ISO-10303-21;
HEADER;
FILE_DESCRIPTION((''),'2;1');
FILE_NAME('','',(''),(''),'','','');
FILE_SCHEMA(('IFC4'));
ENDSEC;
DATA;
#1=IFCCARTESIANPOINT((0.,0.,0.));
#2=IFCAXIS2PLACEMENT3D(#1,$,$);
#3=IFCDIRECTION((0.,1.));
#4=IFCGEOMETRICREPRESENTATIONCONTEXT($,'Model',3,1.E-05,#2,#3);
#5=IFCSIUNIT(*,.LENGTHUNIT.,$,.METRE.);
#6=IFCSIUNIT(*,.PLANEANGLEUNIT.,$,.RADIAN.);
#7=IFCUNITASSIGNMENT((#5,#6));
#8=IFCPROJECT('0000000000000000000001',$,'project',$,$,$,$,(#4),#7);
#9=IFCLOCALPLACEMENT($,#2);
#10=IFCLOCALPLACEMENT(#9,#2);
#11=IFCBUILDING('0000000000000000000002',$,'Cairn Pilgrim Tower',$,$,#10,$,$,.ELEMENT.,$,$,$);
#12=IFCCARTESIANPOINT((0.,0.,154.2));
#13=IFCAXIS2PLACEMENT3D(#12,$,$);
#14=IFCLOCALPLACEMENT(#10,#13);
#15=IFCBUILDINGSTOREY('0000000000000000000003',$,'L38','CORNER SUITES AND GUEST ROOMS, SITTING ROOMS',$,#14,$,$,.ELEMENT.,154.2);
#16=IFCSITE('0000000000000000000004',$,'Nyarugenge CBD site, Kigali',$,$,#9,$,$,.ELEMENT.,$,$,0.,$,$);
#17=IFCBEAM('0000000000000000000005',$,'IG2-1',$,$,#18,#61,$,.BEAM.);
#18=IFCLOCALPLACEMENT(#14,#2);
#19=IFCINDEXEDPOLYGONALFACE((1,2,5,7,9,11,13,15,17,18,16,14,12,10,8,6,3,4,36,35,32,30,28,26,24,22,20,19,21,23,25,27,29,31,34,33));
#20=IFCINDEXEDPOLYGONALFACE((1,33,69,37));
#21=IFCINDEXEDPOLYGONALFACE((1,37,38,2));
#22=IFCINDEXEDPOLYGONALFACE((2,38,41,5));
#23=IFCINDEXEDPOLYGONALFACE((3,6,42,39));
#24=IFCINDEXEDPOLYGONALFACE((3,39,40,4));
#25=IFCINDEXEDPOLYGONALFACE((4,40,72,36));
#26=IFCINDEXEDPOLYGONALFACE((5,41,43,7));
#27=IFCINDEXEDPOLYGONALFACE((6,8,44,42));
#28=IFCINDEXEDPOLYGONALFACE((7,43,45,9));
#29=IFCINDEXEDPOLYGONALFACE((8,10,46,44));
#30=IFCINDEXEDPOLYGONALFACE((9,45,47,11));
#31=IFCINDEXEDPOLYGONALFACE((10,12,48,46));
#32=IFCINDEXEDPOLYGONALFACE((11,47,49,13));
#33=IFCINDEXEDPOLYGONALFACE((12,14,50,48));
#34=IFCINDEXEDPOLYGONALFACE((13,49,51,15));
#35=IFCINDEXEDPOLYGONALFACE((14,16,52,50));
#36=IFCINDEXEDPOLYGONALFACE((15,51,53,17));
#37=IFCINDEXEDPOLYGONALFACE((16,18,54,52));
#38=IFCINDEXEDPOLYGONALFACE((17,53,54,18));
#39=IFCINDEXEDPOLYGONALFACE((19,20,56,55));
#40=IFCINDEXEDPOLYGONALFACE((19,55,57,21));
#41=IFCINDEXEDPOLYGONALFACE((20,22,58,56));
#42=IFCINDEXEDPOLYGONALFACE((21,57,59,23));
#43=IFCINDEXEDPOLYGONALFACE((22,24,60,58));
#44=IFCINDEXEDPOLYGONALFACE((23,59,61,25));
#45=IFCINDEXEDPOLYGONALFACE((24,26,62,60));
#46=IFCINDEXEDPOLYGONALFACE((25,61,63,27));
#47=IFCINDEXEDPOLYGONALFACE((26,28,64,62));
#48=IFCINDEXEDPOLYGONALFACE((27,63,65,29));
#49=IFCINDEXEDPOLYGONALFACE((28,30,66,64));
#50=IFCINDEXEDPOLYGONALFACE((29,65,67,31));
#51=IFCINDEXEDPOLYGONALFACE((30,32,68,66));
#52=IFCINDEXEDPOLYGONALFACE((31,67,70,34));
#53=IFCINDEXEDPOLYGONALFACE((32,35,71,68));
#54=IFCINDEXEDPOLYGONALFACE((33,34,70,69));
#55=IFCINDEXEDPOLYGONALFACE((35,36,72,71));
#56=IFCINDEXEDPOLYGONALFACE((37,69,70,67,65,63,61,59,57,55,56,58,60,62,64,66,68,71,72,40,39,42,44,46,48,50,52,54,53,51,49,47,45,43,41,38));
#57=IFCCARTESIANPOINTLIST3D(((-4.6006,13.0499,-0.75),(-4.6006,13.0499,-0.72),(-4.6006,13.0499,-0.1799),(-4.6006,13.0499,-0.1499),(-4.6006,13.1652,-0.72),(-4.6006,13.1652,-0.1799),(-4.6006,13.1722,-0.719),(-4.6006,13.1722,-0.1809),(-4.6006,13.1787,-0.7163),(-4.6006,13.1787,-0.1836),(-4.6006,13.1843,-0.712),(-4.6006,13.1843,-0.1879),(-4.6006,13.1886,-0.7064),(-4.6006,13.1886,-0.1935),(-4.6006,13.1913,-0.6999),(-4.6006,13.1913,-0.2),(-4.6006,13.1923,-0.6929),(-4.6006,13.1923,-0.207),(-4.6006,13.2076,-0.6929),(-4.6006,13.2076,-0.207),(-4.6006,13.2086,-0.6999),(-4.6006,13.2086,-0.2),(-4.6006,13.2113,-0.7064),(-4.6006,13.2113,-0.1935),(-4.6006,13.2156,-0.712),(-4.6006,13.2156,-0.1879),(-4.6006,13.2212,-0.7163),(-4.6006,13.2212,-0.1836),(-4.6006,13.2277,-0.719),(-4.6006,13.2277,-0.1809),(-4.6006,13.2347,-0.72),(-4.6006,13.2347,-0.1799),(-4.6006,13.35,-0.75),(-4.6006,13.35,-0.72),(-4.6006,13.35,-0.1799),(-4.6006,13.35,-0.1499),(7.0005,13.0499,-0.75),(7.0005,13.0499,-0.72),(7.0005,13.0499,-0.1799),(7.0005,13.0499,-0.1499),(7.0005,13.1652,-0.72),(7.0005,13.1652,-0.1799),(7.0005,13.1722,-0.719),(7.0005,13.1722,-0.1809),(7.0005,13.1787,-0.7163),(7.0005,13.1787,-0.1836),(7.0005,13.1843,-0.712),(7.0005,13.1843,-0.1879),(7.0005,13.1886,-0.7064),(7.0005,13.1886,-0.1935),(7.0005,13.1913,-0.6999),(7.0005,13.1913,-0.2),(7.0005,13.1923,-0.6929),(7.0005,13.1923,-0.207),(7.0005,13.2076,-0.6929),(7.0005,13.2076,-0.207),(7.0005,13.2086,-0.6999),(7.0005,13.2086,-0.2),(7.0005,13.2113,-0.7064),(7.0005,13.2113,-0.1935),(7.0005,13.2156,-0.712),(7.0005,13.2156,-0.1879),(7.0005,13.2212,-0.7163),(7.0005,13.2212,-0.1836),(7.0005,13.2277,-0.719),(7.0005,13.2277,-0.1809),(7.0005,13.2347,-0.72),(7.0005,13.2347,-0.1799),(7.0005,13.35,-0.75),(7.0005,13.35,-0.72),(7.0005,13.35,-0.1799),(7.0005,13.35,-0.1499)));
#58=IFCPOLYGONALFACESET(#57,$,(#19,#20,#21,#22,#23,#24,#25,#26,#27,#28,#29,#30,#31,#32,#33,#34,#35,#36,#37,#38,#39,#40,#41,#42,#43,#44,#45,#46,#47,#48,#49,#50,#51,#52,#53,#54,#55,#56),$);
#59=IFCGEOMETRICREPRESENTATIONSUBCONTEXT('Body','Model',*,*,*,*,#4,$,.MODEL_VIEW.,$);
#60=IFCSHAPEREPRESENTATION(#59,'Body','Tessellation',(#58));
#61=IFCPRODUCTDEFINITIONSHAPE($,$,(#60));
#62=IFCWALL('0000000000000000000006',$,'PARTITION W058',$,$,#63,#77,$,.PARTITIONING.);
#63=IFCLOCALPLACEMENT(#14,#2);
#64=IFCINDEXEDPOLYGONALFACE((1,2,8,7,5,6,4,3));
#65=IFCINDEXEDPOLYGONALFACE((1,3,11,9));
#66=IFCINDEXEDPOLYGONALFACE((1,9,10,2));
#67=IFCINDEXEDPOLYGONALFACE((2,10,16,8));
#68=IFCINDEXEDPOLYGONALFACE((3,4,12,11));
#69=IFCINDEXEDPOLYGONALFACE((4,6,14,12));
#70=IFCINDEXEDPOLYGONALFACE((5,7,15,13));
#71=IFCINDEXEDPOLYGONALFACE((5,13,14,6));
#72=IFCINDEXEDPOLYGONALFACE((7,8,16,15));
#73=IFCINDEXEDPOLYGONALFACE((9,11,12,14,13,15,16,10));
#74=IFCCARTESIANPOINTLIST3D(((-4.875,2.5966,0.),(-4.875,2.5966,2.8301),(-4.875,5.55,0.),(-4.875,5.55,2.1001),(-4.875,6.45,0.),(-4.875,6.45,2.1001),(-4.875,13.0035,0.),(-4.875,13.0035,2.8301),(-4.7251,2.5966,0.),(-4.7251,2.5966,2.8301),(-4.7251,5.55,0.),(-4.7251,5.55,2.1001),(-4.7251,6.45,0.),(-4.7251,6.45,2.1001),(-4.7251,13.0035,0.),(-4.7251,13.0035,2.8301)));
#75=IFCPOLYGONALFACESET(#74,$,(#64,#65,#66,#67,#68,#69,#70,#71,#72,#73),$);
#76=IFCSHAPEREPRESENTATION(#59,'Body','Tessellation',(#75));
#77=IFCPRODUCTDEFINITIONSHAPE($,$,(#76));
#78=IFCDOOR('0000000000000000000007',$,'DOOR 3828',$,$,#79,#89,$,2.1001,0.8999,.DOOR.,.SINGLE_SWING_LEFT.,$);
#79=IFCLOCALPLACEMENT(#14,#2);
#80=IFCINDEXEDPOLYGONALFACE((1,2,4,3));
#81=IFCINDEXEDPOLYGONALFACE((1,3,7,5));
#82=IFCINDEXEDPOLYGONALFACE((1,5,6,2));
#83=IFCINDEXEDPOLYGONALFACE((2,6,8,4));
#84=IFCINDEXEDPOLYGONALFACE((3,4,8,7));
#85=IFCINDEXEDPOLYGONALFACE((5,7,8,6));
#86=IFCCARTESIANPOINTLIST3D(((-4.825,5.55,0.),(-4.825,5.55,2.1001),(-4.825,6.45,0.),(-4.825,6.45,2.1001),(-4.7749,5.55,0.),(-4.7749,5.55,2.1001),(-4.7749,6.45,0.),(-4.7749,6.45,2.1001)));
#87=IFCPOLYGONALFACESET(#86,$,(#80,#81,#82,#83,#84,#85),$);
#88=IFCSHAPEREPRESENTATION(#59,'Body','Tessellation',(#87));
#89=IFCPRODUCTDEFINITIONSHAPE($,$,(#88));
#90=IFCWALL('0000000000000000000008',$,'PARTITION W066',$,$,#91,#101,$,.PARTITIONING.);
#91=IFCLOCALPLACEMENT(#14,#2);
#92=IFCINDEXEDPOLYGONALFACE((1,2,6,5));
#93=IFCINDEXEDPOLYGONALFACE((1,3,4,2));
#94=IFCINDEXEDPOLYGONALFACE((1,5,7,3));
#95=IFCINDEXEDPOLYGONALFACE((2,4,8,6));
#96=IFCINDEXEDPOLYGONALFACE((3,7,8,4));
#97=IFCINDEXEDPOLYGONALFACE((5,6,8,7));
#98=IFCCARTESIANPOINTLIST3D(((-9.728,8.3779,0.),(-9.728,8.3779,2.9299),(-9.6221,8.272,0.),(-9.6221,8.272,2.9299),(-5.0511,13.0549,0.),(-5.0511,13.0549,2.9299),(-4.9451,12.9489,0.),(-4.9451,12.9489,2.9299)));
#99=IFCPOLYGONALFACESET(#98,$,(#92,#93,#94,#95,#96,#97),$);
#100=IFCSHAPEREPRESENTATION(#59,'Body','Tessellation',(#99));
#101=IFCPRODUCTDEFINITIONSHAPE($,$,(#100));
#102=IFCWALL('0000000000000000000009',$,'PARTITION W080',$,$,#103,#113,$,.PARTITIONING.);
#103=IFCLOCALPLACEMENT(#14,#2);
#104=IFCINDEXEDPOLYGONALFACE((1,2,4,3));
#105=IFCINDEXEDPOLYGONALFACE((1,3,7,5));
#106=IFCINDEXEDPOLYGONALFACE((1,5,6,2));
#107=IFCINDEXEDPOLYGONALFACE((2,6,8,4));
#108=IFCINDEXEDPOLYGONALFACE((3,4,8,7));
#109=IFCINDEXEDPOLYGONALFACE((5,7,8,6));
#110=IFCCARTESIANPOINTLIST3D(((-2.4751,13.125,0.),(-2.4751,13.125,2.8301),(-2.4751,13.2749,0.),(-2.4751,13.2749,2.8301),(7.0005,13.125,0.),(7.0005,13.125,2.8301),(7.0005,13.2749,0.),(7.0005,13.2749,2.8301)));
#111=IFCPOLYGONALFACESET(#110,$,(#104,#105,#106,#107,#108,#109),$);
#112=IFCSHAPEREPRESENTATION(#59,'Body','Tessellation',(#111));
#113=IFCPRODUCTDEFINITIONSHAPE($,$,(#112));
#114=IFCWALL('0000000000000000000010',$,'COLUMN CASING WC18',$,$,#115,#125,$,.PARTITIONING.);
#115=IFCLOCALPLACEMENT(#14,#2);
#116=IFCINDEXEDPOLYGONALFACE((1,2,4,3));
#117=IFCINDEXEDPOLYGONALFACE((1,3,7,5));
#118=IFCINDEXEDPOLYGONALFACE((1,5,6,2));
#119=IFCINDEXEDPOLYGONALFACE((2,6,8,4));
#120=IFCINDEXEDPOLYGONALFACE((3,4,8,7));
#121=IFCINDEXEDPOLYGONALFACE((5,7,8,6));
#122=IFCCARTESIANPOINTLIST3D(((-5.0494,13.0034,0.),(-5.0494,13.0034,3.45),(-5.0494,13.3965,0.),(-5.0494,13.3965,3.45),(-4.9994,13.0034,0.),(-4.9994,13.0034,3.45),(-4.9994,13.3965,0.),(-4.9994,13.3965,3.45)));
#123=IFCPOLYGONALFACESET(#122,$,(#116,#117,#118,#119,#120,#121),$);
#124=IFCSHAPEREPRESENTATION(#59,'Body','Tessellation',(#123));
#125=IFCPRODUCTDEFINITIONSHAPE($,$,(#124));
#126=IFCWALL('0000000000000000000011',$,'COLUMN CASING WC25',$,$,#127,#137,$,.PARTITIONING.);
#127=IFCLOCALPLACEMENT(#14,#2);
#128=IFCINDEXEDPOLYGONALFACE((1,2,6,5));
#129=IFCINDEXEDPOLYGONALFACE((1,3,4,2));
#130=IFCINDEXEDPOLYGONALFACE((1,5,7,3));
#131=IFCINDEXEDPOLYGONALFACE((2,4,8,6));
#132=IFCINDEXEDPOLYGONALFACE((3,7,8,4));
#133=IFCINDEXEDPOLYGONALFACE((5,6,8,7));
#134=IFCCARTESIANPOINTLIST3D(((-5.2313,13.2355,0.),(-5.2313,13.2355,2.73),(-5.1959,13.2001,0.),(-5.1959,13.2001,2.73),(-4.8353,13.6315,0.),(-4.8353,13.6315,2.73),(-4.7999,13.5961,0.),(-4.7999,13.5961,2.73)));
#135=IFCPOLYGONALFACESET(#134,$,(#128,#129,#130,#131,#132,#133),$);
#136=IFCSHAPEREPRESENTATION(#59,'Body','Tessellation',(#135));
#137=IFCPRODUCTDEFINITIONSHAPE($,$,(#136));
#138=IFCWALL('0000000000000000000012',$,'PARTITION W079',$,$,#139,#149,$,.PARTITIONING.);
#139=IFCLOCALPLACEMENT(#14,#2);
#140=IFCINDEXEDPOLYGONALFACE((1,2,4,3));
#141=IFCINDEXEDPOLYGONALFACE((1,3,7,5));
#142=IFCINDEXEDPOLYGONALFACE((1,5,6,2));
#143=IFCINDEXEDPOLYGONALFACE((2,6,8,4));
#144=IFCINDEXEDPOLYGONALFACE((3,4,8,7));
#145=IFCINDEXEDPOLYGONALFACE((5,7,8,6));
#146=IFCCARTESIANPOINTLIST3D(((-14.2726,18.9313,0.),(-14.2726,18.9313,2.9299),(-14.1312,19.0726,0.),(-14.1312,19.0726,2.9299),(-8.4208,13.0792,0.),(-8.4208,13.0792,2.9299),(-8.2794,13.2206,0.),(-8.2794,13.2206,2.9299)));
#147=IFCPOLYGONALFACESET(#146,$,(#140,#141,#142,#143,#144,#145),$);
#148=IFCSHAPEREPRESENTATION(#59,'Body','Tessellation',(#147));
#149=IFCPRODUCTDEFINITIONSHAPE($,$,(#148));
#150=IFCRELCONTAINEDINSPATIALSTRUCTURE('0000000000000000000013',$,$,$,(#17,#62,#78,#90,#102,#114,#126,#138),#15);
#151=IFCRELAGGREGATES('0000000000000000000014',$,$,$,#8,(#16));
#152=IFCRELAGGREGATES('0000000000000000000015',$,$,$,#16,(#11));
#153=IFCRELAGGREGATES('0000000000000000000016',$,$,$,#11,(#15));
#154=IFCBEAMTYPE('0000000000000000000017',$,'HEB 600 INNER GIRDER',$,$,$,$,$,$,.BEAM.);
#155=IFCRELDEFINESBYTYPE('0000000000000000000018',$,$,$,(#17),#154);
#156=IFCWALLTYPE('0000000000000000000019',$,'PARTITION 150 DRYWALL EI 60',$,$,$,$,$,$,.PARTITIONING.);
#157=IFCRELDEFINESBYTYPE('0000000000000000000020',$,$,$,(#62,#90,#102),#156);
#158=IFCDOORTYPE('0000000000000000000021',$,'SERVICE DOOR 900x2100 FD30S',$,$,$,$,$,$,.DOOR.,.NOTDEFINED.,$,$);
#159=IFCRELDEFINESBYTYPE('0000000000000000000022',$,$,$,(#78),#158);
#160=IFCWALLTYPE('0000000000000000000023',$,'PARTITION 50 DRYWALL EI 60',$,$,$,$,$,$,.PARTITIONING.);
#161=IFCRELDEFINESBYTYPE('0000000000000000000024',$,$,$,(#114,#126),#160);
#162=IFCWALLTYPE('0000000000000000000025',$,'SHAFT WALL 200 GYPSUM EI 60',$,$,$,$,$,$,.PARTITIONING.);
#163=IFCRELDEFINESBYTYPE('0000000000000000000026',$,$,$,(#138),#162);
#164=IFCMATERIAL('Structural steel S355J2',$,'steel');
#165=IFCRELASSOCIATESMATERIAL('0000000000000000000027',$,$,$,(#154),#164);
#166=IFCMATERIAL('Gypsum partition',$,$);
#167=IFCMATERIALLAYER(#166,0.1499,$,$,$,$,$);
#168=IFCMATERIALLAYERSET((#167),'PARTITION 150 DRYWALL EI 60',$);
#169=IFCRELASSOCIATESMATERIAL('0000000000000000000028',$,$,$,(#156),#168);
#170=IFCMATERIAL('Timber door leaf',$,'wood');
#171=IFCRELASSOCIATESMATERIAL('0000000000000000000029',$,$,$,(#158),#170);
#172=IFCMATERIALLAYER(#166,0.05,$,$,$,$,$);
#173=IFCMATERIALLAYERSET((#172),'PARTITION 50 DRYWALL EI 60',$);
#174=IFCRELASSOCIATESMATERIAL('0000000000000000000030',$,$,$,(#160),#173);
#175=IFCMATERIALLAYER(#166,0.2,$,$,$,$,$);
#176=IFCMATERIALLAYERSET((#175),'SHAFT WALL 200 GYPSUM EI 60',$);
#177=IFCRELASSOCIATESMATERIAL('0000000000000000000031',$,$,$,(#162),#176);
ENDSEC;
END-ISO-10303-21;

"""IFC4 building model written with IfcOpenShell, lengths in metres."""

from ifc_helpers import new_model, si_unit, direction, frame, frame_2d, origin, origin_2d, place, context, subcontext, project, spatial, rectangle, i_section, extrude, material, layer, layer_set, material_profile, profile_set, type_object, element, fill, save


model = new_model("IFC4")

# Units and contexts
model_context = context("Model", 3, precision=1e-05, world=origin(), true_north=direction((0.0, 1.0)))
body_context = subcontext(model_context, "Body", "Model", "MODEL_VIEW")
ifc_project = project(units=[si_unit("LENGTHUNIT", "METRE"), si_unit("PLANEANGLEUNIT", "RADIAN")], contexts=[model_context])

# Site, building, storey
site_placement = place(None, origin())
site = spatial("IfcSite", under=ifc_project, at=site_placement, Name="Nyarugenge CBD site, Kigali", CompositionType="ELEMENT", RefElevation=0.0)
building_placement = place(site_placement, origin())
building = spatial("IfcBuilding", under=site, at=building_placement, Name="Cairn Pilgrim Tower", CompositionType="ELEMENT")
storey_placement = place(building_placement, frame((0.0, 0.0, 154.2)))
storey = spatial("IfcBuildingStorey", under=building, at=storey_placement, Name="L38", Description="CORNER SUITES AND GUEST ROOMS, SITTING ROOMS", CompositionType="ELEMENT", Elevation=154.2)

# Shared definitions
ifc_material_1 = material(Name="Structural steel S355J2", Category="steel")

# Beam
ifc_material_profile_1 = material_profile(ifc_material_1, i_section(OverallWidth=0.3, OverallDepth=0.6001, WebThickness=0.0154, FlangeThickness=0.03, FilletRadius=0.0271, at=origin_2d()), Name="HEB 600")
ifc_profile_set_1 = profile_set([ifc_material_profile_1], Name="Structural steel S355J2")
beam_type_1 = type_object("IfcBeamType", Name="HEB 600 INNER GIRDER", PredefinedType="BEAM", material=ifc_profile_set_1)
beam_1_placement = place(storey_placement, frame((-4.6006, 13.2, -0.45), z_axis=(1.0, 0.0, 0.0), x_axis=(0.0, 1.0, 0.0)))
element("IfcBeam", 1, at=beam_1_placement, inside=storey, type_object=beam_type_1, Name="IG2-1", PredefinedType="BEAM", context=body_context, shape_type="SweptSolid", body=[
    extrude(i_section(OverallWidth=0.3, OverallDepth=0.6001, WebThickness=0.0154, FlangeThickness=0.03, FilletRadius=0.0271, at=origin_2d()), origin(), (0.0, 0.0, 1.0), 11.6011),
])

# Wall, opening, door
ifc_material_2 = material(Name="Gypsum partition")
ifc_layer_1 = layer(ifc_material_2, 0.1499)
ifc_layer_set_1 = layer_set([ifc_layer_1], Name="PARTITION 150 DRYWALL EI 60")
wall_type_1 = type_object("IfcWallType", Name="PARTITION 150 DRYWALL EI 60", PredefinedType="PARTITIONING", material=ifc_layer_set_1)
wall_1_placement = place(storey_placement, frame((-4.8, 2.5964, 0.0), z_axis=(0.0, 0.0, 1.0), x_axis=(0.0, 1.0, 0.0)))
wall_1 = element("IfcWall", 2, at=wall_1_placement, inside=storey, type_object=wall_type_1, Name="PARTITION W058", PredefinedType="PARTITIONING", context=body_context, shape_type="SweptSolid", body=[
    extrude(rectangle(XDim=10.407, YDim=0.1499, at=frame_2d((5.2036, 0.0))), origin(), (0.0, 0.0, 1.0), 2.8301),
])
opening_placement = place(wall_1_placement, frame((2.9536, 0.0, 0.0)))
opening = element("IfcOpeningElement", 3, at=opening_placement, cuts=wall_1, PredefinedType="OPENING", context=body_context, shape_type="SweptSolid", body=[
    extrude(rectangle(XDim=0.8999, YDim=2.1001, at=frame_2d((0.45, 1.05))), frame((0.0, 0.085, 0.0), z_axis=(0.0, -1.0, 0.0), x_axis=(1.0, 0.0, 0.0)), (0.0, 0.0, 1.0), 0.1699),
])
ifc_material_3 = material(Name="Timber door leaf", Category="wood")
door_type = type_object("IfcDoorType", Name="SERVICE DOOR 900x2100 FD30S", OperationType="NOTDEFINED", PredefinedType="DOOR", material=ifc_material_3)
door_placement = place(opening_placement, origin())
door = element("IfcDoor", 4, at=door_placement, inside=storey, type_object=door_type, Name="DOOR 3828", OperationType="SINGLE_SWING_LEFT", OverallHeight=2.1001, OverallWidth=0.8999, PredefinedType="DOOR", context=body_context, shape_type="SweptSolid", body=[
    extrude(rectangle(XDim=0.8999, YDim=2.1001, at=frame_2d((0.45, 1.05))), frame((0.0, 0.0249, 0.0), z_axis=(0.0, -1.0, 0.0), x_axis=(1.0, 0.0, 0.0)), (0.0, 0.0, 1.0), 0.05),
])
fill(opening, door)

# Walls
wall_2_placement = place(storey_placement, frame((-9.675, 8.325, 0.0), z_axis=(0.0, 0.0, 1.0), x_axis=(0.707107, 0.707107, 0.0)))
element("IfcWall", 5, at=wall_2_placement, inside=storey, type_object=wall_type_1, Name="PARTITION W066", PredefinedType="PARTITIONING", context=body_context, shape_type="SweptSolid", body=[
    extrude(rectangle(XDim=6.6143, YDim=0.1499, at=frame_2d((3.3071, 0.0))), origin(), (0.0, 0.0, 1.0), 2.9299),
])
wall_3_placement = place(storey_placement, frame((-2.4751, 13.2, 0.0), z_axis=(0.0, 0.0, 1.0), x_axis=(1.0, 0.0, 0.0)))
element("IfcWall", 6, at=wall_3_placement, inside=storey, type_object=wall_type_1, Name="PARTITION W080", PredefinedType="PARTITIONING", context=body_context, shape_type="SweptSolid", body=[
    extrude(rectangle(XDim=9.4756, YDim=0.1499, at=frame_2d((4.7378, 0.0))), origin(), (0.0, 0.0, 1.0), 2.8301),
])
ifc_layer_2 = layer(ifc_material_2, 0.05)
ifc_layer_set_2 = layer_set([ifc_layer_2], Name="PARTITION 50 DRYWALL EI 60")
wall_type_2 = type_object("IfcWallType", Name="PARTITION 50 DRYWALL EI 60", PredefinedType="PARTITIONING", material=ifc_layer_set_2)
wall_4_placement = place(storey_placement, frame((-5.0244, 13.0034, 0.0), z_axis=(0.0, 0.0, 1.0), x_axis=(0.0, 1.0, 0.0)))
element("IfcWall", 7, at=wall_4_placement, inside=storey, type_object=wall_type_2, Name="COLUMN CASING WC18", PredefinedType="PARTITIONING", context=body_context, shape_type="SweptSolid", body=[
    extrude(rectangle(XDim=0.3931, YDim=0.05, at=frame_2d((0.1965, 0.0))), origin(), (0.0, 0.0, 1.0), 3.45),
])
wall_5_placement = place(storey_placement, frame((-5.2136, 13.2178, 0.0), z_axis=(0.0, 0.0, 1.0), x_axis=(0.707107, 0.707107, 0.0)))
element("IfcWall", 8, at=wall_5_placement, inside=storey, type_object=wall_type_2, Name="COLUMN CASING WC25", PredefinedType="PARTITIONING", context=body_context, shape_type="SweptSolid", body=[
    extrude(rectangle(XDim=0.5601, YDim=0.05, at=frame_2d((0.28, 0.0))), origin(), (0.0, 0.0, 1.0), 2.73),
])
ifc_layer_3 = layer(ifc_material_2, 0.2)
ifc_layer_set_3 = layer_set([ifc_layer_3], Name="SHAFT WALL 200 GYPSUM EI 60")
wall_type_3 = type_object("IfcWallType", Name="SHAFT WALL 200 GYPSUM EI 60", PredefinedType="PARTITIONING", material=ifc_layer_set_3)
wall_6_placement = place(storey_placement, frame((-8.3501, 13.1499, 0.0), z_axis=(0.0, 0.0, 1.0), x_axis=(-0.707092, 0.707122, 0.0)))
element("IfcWall", 9, at=wall_6_placement, inside=storey, type_object=wall_type_3, Name="PARTITION W079", PredefinedType="PARTITIONING", context=body_context, shape_type="SweptSolid", body=[
    extrude(rectangle(XDim=8.2759, YDim=0.2, at=frame_2d((4.1379, 0.0))), origin(), (0.0, 0.0, 1.0), 2.9299),
])

save(model, "model.ifc")
